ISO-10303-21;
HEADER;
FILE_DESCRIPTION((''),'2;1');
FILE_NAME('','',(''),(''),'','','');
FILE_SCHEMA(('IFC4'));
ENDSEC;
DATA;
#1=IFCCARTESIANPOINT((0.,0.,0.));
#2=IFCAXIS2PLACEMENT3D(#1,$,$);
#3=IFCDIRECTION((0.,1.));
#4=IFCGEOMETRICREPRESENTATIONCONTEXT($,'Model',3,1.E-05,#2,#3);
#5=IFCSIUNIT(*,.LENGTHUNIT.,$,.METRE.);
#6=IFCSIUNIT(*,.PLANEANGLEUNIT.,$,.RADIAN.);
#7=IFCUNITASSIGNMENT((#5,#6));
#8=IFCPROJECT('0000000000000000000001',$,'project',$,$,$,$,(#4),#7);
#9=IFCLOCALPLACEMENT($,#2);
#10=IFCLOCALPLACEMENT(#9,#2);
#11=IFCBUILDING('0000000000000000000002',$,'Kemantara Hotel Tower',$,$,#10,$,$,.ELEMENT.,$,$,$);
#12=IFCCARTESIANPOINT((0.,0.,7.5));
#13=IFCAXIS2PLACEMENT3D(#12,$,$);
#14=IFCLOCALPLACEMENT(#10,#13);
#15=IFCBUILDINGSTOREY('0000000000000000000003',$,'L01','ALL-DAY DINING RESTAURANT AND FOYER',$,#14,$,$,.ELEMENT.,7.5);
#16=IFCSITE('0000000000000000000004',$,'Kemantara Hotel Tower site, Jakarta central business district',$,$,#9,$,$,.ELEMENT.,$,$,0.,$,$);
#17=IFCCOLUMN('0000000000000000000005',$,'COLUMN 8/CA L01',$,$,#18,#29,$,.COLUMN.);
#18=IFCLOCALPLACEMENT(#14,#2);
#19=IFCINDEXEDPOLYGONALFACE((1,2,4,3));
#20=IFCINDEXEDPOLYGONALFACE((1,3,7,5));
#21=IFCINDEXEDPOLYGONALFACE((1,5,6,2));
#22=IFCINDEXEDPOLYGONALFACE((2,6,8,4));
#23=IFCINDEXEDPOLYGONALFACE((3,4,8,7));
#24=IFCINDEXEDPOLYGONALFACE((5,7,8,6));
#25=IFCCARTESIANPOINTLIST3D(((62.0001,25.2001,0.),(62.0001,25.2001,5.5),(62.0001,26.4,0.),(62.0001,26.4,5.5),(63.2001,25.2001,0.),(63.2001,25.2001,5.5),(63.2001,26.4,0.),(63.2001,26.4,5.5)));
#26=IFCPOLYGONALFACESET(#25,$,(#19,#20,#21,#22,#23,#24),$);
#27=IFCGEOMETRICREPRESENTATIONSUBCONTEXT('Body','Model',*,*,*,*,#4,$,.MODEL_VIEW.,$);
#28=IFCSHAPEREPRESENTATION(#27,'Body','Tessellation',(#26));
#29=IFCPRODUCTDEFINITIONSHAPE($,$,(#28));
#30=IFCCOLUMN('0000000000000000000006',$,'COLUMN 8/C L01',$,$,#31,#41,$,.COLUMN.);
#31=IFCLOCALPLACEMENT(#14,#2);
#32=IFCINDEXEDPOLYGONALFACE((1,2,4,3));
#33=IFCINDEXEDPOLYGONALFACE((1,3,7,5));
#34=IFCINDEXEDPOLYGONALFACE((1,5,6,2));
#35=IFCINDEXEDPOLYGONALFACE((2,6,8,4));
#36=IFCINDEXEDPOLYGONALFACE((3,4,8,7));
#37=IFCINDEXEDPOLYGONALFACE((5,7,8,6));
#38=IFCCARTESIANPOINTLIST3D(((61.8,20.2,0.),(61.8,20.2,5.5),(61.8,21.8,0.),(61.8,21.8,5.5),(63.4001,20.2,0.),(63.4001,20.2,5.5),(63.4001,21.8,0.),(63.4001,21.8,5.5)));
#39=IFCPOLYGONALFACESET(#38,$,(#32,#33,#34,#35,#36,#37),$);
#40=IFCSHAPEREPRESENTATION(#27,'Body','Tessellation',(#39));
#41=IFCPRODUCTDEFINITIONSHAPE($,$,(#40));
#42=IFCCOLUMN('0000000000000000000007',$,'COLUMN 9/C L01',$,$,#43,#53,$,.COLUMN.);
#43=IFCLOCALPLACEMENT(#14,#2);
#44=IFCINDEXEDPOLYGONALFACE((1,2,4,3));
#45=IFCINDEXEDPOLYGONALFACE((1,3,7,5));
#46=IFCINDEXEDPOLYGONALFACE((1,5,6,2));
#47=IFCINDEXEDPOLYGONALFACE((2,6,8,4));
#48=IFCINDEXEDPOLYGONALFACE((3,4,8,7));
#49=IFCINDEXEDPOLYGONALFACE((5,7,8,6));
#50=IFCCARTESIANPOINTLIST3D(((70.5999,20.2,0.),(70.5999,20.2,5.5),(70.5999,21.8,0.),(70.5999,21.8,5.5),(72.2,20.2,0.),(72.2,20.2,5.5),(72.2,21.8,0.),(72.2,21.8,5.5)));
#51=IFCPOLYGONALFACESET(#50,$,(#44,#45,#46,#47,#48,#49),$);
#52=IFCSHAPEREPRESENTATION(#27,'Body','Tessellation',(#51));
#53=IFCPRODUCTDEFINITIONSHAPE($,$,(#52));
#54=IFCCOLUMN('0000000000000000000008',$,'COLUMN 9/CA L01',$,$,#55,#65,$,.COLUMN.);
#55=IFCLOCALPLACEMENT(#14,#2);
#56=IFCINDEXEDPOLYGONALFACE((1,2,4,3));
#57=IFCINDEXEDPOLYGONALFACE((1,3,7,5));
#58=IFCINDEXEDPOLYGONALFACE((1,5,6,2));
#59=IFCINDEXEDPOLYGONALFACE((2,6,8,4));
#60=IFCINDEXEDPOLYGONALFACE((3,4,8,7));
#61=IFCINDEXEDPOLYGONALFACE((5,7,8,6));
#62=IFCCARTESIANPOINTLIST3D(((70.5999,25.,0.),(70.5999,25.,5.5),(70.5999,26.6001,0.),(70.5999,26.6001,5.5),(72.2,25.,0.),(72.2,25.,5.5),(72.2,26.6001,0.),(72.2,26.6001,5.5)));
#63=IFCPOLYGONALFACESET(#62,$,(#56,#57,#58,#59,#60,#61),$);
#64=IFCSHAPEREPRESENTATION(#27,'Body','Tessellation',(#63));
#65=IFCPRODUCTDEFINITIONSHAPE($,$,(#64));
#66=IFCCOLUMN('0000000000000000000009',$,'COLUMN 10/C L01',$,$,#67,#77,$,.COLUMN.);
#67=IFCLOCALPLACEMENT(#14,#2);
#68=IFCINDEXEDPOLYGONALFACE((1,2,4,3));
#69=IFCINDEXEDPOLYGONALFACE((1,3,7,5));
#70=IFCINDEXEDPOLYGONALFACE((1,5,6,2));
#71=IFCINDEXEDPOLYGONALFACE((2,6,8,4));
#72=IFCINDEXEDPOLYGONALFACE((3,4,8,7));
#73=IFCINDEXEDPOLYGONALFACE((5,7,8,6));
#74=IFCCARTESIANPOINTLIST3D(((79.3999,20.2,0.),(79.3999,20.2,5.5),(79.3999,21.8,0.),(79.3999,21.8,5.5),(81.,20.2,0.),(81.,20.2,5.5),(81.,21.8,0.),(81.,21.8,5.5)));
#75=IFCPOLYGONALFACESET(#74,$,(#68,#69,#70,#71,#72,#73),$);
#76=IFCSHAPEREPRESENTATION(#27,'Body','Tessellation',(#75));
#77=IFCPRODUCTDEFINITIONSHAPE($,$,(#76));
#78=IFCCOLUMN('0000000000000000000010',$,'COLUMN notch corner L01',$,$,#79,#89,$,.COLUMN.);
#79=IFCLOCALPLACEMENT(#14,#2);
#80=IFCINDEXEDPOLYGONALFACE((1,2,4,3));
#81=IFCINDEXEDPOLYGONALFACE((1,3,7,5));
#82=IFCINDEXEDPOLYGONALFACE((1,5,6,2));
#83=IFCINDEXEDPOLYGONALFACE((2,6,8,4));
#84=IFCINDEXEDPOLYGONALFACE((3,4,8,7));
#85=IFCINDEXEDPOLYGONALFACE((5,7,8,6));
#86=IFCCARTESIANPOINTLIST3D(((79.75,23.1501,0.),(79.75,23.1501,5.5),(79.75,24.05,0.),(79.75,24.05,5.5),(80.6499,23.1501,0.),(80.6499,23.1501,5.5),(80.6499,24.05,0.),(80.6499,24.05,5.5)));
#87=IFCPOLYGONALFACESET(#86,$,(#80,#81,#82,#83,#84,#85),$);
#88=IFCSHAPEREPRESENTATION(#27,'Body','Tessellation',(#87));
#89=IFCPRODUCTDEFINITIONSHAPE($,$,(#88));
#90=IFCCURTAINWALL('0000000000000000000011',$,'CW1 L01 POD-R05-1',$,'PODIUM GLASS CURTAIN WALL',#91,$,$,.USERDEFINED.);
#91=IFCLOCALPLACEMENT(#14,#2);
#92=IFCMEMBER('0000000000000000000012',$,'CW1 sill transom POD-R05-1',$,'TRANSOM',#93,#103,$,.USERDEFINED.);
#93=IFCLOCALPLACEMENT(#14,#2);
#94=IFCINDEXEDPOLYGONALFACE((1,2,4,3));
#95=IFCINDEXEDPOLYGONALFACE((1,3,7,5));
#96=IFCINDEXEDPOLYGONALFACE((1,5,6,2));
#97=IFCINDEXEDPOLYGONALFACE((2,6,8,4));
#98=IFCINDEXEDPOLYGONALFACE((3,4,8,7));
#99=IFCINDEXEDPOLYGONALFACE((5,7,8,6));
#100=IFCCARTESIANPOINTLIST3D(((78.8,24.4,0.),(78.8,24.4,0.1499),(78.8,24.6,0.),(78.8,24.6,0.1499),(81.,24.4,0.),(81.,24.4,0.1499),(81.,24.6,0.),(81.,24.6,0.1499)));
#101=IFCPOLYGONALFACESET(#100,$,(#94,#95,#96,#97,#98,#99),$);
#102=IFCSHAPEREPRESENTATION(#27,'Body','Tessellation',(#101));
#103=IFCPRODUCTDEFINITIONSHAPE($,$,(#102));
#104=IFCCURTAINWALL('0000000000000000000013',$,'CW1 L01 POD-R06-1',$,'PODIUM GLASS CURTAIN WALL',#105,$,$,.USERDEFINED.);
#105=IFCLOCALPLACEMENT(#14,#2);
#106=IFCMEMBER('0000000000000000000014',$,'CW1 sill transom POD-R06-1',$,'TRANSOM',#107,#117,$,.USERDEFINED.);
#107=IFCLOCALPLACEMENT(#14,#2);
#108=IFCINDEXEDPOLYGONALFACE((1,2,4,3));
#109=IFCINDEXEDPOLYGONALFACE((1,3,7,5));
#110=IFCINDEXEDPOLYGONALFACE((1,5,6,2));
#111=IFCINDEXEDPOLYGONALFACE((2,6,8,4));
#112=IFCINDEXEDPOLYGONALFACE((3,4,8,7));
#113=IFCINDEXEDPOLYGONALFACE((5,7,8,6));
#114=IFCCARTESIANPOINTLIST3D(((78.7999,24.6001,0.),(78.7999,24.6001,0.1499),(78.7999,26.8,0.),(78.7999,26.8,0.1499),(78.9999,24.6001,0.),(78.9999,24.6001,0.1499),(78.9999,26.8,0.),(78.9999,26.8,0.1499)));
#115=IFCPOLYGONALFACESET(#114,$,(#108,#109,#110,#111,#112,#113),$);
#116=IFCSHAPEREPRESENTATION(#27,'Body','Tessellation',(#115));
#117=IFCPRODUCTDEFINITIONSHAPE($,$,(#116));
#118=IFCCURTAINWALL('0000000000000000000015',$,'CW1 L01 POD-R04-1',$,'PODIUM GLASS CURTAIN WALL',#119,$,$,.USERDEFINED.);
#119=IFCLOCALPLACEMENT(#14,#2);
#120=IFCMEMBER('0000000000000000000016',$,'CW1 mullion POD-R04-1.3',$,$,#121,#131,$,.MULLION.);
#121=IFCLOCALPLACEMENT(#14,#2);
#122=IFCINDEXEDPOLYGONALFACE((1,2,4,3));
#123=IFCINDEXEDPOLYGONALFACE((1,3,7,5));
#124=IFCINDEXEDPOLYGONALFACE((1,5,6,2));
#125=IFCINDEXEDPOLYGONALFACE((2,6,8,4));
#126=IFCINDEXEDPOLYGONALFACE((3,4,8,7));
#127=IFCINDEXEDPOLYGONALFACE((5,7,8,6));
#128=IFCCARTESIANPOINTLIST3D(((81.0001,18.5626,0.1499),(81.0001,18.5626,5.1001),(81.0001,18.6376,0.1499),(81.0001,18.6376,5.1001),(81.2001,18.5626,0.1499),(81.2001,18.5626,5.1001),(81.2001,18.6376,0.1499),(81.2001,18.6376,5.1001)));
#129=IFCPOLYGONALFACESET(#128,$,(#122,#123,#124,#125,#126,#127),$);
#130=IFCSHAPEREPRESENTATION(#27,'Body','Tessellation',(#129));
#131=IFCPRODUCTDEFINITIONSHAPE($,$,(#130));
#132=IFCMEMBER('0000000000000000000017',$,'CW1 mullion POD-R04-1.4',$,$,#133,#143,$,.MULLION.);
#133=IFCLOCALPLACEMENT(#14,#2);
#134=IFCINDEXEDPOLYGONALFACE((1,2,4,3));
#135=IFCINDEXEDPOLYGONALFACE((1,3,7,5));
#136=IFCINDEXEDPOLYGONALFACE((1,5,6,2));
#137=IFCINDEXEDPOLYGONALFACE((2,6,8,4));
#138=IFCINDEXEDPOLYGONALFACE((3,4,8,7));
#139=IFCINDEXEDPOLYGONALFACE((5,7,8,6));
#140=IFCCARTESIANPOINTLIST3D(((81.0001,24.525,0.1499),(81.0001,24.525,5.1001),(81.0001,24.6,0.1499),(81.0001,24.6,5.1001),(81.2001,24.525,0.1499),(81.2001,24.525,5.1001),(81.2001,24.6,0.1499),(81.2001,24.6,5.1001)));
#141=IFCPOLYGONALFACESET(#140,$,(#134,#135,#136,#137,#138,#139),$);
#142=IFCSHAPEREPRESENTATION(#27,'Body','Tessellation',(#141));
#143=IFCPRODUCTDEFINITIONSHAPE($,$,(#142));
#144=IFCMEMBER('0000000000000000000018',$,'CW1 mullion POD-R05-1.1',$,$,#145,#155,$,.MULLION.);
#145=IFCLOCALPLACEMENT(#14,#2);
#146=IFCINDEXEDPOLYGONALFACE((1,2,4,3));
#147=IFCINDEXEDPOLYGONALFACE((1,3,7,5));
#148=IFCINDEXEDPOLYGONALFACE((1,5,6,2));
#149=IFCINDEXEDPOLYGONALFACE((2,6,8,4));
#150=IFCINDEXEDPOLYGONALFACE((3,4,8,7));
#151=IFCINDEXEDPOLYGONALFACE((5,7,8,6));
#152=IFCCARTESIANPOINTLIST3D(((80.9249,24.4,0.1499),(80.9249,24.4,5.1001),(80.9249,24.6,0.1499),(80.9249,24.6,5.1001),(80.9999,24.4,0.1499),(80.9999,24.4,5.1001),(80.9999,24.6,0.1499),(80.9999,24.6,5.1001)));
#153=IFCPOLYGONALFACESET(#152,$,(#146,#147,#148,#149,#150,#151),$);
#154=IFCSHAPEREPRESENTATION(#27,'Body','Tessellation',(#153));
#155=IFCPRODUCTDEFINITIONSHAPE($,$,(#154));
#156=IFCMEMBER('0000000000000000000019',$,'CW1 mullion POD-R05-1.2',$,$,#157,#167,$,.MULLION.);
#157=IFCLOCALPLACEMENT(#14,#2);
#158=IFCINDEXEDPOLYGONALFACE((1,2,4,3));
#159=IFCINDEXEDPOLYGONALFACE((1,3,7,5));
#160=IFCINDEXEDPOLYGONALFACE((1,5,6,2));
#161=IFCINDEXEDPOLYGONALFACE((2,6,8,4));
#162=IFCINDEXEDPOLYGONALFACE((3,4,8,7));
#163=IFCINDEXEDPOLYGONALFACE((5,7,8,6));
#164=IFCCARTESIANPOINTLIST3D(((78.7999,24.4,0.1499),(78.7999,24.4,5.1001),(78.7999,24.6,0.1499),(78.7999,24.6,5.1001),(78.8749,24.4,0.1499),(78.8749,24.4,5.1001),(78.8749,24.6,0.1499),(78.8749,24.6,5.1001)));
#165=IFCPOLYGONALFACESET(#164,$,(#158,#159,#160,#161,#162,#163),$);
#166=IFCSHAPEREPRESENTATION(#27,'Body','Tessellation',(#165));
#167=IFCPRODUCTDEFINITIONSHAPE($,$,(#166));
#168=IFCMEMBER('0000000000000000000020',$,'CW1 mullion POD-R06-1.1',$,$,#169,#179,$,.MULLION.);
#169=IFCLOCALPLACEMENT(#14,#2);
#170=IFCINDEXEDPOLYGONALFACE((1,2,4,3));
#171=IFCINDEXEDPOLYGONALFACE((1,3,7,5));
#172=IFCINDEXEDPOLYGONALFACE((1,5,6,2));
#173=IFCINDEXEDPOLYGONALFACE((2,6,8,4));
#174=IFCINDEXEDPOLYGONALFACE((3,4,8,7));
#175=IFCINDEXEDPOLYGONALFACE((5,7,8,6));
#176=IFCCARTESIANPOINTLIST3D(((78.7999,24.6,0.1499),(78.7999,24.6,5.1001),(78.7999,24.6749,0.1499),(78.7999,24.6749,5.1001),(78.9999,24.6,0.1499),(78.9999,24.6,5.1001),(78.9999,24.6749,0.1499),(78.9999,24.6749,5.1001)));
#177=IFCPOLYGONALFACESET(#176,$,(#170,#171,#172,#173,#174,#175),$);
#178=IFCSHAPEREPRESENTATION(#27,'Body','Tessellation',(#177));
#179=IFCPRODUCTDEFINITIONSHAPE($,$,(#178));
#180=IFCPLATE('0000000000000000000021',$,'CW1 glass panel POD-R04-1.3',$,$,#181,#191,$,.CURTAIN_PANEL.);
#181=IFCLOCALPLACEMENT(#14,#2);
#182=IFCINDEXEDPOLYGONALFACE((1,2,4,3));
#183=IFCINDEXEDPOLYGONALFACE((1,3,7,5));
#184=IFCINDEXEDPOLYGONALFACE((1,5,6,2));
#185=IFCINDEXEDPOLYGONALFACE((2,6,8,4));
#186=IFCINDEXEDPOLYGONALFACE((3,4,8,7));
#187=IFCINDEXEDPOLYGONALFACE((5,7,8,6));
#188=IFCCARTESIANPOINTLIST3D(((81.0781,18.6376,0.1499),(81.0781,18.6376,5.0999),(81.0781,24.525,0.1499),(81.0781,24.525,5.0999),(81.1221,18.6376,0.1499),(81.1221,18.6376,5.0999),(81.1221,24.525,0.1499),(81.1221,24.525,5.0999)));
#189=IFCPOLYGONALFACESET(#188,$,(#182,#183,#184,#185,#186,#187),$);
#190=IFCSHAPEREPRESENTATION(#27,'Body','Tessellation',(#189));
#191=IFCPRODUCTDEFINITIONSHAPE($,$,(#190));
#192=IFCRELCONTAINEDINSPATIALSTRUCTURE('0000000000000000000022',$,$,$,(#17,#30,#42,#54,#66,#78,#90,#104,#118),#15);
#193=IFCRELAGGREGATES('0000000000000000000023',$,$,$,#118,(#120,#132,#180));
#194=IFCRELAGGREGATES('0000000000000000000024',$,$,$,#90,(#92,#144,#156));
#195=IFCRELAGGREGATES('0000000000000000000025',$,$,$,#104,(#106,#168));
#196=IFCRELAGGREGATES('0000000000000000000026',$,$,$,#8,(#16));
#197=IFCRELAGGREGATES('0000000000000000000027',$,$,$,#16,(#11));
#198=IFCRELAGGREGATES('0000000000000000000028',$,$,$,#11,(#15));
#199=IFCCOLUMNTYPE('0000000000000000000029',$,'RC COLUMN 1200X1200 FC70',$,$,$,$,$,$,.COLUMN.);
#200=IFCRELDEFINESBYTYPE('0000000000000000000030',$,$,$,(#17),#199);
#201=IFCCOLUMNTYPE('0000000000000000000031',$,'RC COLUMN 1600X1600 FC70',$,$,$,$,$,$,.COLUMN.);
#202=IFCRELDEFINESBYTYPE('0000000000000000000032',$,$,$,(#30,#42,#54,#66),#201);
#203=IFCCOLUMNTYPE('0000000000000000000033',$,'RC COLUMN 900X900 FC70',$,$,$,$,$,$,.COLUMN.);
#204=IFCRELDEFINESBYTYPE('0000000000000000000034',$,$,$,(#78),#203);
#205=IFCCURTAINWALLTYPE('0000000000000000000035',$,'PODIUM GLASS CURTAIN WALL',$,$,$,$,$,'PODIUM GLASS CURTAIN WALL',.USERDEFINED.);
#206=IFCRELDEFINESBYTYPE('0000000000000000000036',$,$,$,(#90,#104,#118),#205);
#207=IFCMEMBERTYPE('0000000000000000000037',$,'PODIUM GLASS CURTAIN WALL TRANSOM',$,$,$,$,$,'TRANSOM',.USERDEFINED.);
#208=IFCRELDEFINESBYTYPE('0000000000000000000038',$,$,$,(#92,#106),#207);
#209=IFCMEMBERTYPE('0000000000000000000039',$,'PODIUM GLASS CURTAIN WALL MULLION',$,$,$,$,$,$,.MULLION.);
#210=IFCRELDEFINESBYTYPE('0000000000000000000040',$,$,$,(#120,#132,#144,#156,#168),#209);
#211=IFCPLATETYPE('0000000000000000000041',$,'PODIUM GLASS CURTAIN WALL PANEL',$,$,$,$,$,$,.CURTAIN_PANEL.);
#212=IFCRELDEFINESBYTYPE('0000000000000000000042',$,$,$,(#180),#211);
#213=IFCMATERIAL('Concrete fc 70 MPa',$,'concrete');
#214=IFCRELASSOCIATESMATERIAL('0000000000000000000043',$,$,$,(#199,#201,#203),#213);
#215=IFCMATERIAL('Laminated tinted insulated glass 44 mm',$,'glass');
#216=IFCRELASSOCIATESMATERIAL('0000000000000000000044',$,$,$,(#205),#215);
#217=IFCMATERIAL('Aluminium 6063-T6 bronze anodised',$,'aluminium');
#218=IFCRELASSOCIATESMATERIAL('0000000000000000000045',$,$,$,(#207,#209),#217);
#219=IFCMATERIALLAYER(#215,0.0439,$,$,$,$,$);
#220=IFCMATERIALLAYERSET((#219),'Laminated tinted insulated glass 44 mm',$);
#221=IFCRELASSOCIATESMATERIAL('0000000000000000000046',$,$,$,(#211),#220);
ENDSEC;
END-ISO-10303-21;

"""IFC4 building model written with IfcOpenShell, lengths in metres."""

from ifc_helpers import new_model, si_unit, direction, frame, origin, origin_2d, place, context, subcontext, project, spatial, rectangle, extrude, source, transform, mapped, material, layer, layer_set, material_profile, profile_set, type_object, element, aggregate, save


model = new_model("IFC4")

# Units and contexts
model_context = context("Model", 3, precision=1e-05, world=origin(), true_north=direction((0.0, 1.0)))
body_context = subcontext(model_context, "Body", "Model", "MODEL_VIEW")
ifc_project = project(units=[si_unit("LENGTHUNIT", "METRE"), si_unit("PLANEANGLEUNIT", "RADIAN")], contexts=[model_context])

# Site, building, storey
site_placement = place(None, origin())
site = spatial("IfcSite", under=ifc_project, at=site_placement, Name="Kemantara Hotel Tower site, Jakarta central business district", CompositionType="ELEMENT", RefElevation=0.0)
building_placement = place(site_placement, origin())
building = spatial("IfcBuilding", under=site, at=building_placement, Name="Kemantara Hotel Tower", CompositionType="ELEMENT")
storey_placement = place(building_placement, frame((0.0, 0.0, 7.5)))
storey = spatial("IfcBuildingStorey", under=building, at=storey_placement, Name="L01", Description="ALL-DAY DINING RESTAURANT AND FOYER", CompositionType="ELEMENT", Elevation=7.5)

# Columns
ifc_material_1 = material(Name="Concrete fc 70 MPa", Category="concrete")
ifc_material_profile_1 = material_profile(ifc_material_1, rectangle(XDim=1.2, YDim=1.2, at=origin_2d()), Name="RC 1200X1200")
ifc_profile_set_1 = profile_set([ifc_material_profile_1], Name="Concrete fc 70 MPa")
column_type_1 = type_object("IfcColumnType", Name="RC COLUMN 1200X1200 FC70", PredefinedType="COLUMN", material=ifc_profile_set_1)
column_1_placement = place(storey_placement, frame((62.6001, 25.8, 0.0), z_axis=(0.0, 0.0, 1.0), x_axis=(1.0, 0.0, 0.0)))
element("IfcColumn", 1, at=column_1_placement, inside=storey, type_object=column_type_1, Name="COLUMN 8/CA L01", PredefinedType="COLUMN", context=body_context, shape_type="SweptSolid", body=[
    extrude(rectangle(XDim=1.2, YDim=1.2, at=origin_2d()), origin(), (0.0, 0.0, 1.0), 5.5),
])
ifc_material_profile_2 = material_profile(ifc_material_1, rectangle(XDim=1.6001, YDim=1.6001, at=origin_2d()), Name="RC 1600X1600")
ifc_profile_set_2 = profile_set([ifc_material_profile_2], Name="Concrete fc 70 MPa")
column_type_2 = type_object("IfcColumnType", Name="RC COLUMN 1600X1600 FC70", PredefinedType="COLUMN", material=ifc_profile_set_2)
for number, where, z_axis, x_axis, name in (
    (2, (62.6001, 21.0, 0.0), (0.0, 0.0, 1.0), (1.0, 0.0, 0.0), "COLUMN 8/C L01"),
    (3, (71.3999, 21.0, 0.0), (0.0, 0.0, 1.0), (1.0, 0.0, 0.0), "COLUMN 9/C L01"),
    (4, (71.3999, 25.8, 0.0), (0.0, 0.0, 1.0), (1.0, 0.0, 0.0), "COLUMN 9/CA L01"),
    (5, (80.2, 21.0, 0.0), (0.0, 0.0, 1.0), (1.0, 0.0, 0.0), "COLUMN 10/C L01"),
):
    element("IfcColumn", number, at=place(storey_placement, frame(where, z_axis=z_axis, x_axis=x_axis)), inside=storey, type_object=column_type_2, Name=name, PredefinedType="COLUMN", context=body_context, shape_type="SweptSolid", body=[
        extrude(rectangle(XDim=1.6001, YDim=1.6001, at=origin_2d()), origin(), (0.0, 0.0, 1.0), 5.5),
    ])
ifc_material_profile_3 = material_profile(ifc_material_1, rectangle(XDim=0.8999, YDim=0.8999, at=origin_2d()), Name="RC 900X900")
ifc_profile_set_3 = profile_set([ifc_material_profile_3], Name="Concrete fc 70 MPa")
column_type_3 = type_object("IfcColumnType", Name="RC COLUMN 900X900 FC70", PredefinedType="COLUMN", material=ifc_profile_set_3)
column_2_placement = place(storey_placement, frame((80.2, 23.6001, 0.0), z_axis=(0.0, 0.0, 1.0), x_axis=(1.0, 0.0, 0.0)))
element("IfcColumn", 6, at=column_2_placement, inside=storey, type_object=column_type_3, Name="COLUMN notch corner L01", PredefinedType="COLUMN", context=body_context, shape_type="SweptSolid", body=[
    extrude(rectangle(XDim=0.8999, YDim=0.8999, at=origin_2d()), origin(), (0.0, 0.0, 1.0), 5.5),
])

# Curtain walls, members
ifc_material_2 = material(Name="Laminated tinted insulated glass 44 mm", Category="glass")
curtain_wall_type = type_object("IfcCurtainWallType", Name="PODIUM GLASS CURTAIN WALL", ElementType="PODIUM GLASS CURTAIN WALL", PredefinedType="USERDEFINED", material=ifc_material_2)
curtain_wall_1_placement = place(storey_placement, origin())
curtain_wall_1 = element("IfcCurtainWall", 7, at=curtain_wall_1_placement, inside=storey, type_object=curtain_wall_type, Name="CW1 L01 POD-R05-1", ObjectType="PODIUM GLASS CURTAIN WALL", PredefinedType="USERDEFINED")
ifc_material_3 = material(Name="Aluminium 6063-T6 bronze anodised", Category="aluminium")
ifc_material_profile_4 = material_profile(ifc_material_3, rectangle(XDim=0.2, YDim=0.1499, at=origin_2d()), Name="PODIUM GLASS CURTAIN WALL TRANSOM")
ifc_profile_set_4 = profile_set([ifc_material_profile_4], Name="Aluminium 6063-T6 bronze anodised")
member_type_1 = type_object("IfcMemberType", Name="PODIUM GLASS CURTAIN WALL TRANSOM", ElementType="TRANSOM", PredefinedType="USERDEFINED", material=ifc_profile_set_4)
member_1_placement = place(storey_placement, frame((81.0, 24.5, 0.075), z_axis=(-1.0, 0.0, 0.0), x_axis=(0.0, -1.0, 0.0)))
member_1 = element("IfcMember", 8, at=member_1_placement, type_object=member_type_1, Name="CW1 sill transom POD-R05-1", ObjectType="TRANSOM", PredefinedType="USERDEFINED", context=body_context, shape_type="SweptSolid", body=[
    extrude(rectangle(XDim=0.2, YDim=0.1499, at=origin_2d()), origin(), (0.0, 0.0, 1.0), 2.2),
])
curtain_wall_2_placement = place(storey_placement, origin())
curtain_wall_2 = element("IfcCurtainWall", 9, at=curtain_wall_2_placement, inside=storey, type_object=curtain_wall_type, Name="CW1 L01 POD-R06-1", ObjectType="PODIUM GLASS CURTAIN WALL", PredefinedType="USERDEFINED")
member_2_placement = place(storey_placement, frame((78.8999, 24.6001, 0.075), z_axis=(0.0, 1.0, 0.0), x_axis=(-1.0, 0.0, 0.0)))
member_2 = element("IfcMember", 10, at=member_2_placement, type_object=member_type_1, Name="CW1 sill transom POD-R06-1", ObjectType="TRANSOM", PredefinedType="USERDEFINED", context=body_context, shape_type="SweptSolid", body=[
    extrude(rectangle(XDim=0.2, YDim=0.1499, at=origin_2d()), origin(), (0.0, 0.0, 1.0), 2.2),
])

# Curtain wall, members
curtain_wall_3_placement = place(storey_placement, origin())
curtain_wall_3 = element("IfcCurtainWall", 11, at=curtain_wall_3_placement, inside=storey, type_object=curtain_wall_type, Name="CW1 L01 POD-R04-1", ObjectType="PODIUM GLASS CURTAIN WALL", PredefinedType="USERDEFINED")
ifc_material_profile_5 = material_profile(ifc_material_3, rectangle(XDim=0.2, YDim=0.075, at=origin_2d()), Name="PODIUM GLASS CURTAIN WALL MULLION")
ifc_profile_set_5 = profile_set([ifc_material_profile_5], Name="Aluminium 6063-T6 bronze anodised")
member_type_2 = type_object("IfcMemberType", Name="PODIUM GLASS CURTAIN WALL MULLION", PredefinedType="MULLION", material=ifc_profile_set_5)
shared_shape_1 = source(origin(), body_context, "Body", "SweptSolid", [
    extrude(rectangle(XDim=0.2, YDim=0.075, at=origin_2d()), origin(), (0.0, 0.0, 1.0), 4.9502),
])
member_3_placement = place(storey_placement, frame((81.1001, 18.6001, 0.1499), z_axis=(0.0, 0.0, 1.0), x_axis=(-1.0, 0.0, 0.0)))
member_3 = element("IfcMember", 12, at=member_3_placement, type_object=member_type_2, Name="CW1 mullion POD-R04-1.3", PredefinedType="MULLION", context=body_context, shape_type="MappedRepresentation", body=[
    mapped(shared_shape_1, transform((0.0, 0.0, 0.0))),
])
member_4_placement = place(storey_placement, frame((81.1001, 24.5625, 0.1499), z_axis=(0.0, 0.0, 1.0), x_axis=(-1.0, 0.0, 0.0)))
member_4 = element("IfcMember", 13, at=member_4_placement, type_object=member_type_2, Name="CW1 mullion POD-R04-1.4", PredefinedType="MULLION", context=body_context, shape_type="MappedRepresentation", body=[
    mapped(shared_shape_1, transform((0.0, 0.0, 0.0))),
])

# Members
member_5_placement = place(storey_placement, frame((80.9624, 24.5, 0.1499), z_axis=(0.0, 0.0, 1.0), x_axis=(0.0, -1.0, 0.0)))
member_5 = element("IfcMember", 14, at=member_5_placement, type_object=member_type_2, Name="CW1 mullion POD-R05-1.1", PredefinedType="MULLION", context=body_context, shape_type="MappedRepresentation", body=[
    mapped(shared_shape_1, transform((0.0, 0.0, 0.0))),
])
member_6_placement = place(storey_placement, frame((78.8374, 24.5, 0.1499), z_axis=(0.0, 0.0, 1.0), x_axis=(0.0, -1.0, 0.0)))
member_6 = element("IfcMember", 15, at=member_6_placement, type_object=member_type_2, Name="CW1 mullion POD-R05-1.2", PredefinedType="MULLION", context=body_context, shape_type="MappedRepresentation", body=[
    mapped(shared_shape_1, transform((0.0, 0.0, 0.0))),
])
member_7_placement = place(storey_placement, frame((78.8999, 24.6375, 0.1499), z_axis=(0.0, 0.0, 1.0), x_axis=(-1.0, 0.0, 0.0)))
member_7 = element("IfcMember", 16, at=member_7_placement, type_object=member_type_2, Name="CW1 mullion POD-R06-1.1", PredefinedType="MULLION", context=body_context, shape_type="MappedRepresentation", body=[
    mapped(shared_shape_1, transform((0.0, 0.0, 0.0))),
])

# Plate
ifc_layer_1 = layer(ifc_material_2, 0.0439)
ifc_layer_set_1 = layer_set([ifc_layer_1], Name="Laminated tinted insulated glass 44 mm")
plate_type = type_object("IfcPlateType", Name="PODIUM GLASS CURTAIN WALL PANEL", PredefinedType="CURTAIN_PANEL", material=ifc_layer_set_1)
shared_shape_2 = source(origin(), body_context, "Body", "SweptSolid", [
    extrude(rectangle(XDim=5.8875, YDim=0.0439, at=origin_2d()), origin(), (0.0, 0.0, 1.0), 4.95),
])
plate_1_placement = place(storey_placement, frame((81.1001, 21.5813, 0.1499), z_axis=(0.0, 0.0, 1.0), x_axis=(0.0, 1.0, 0.0)))
plate_1 = element("IfcPlate", 17, at=plate_1_placement, type_object=plate_type, Name="CW1 glass panel POD-R04-1.3", PredefinedType="CURTAIN_PANEL", context=body_context, shape_type="MappedRepresentation", body=[
    mapped(shared_shape_2, transform((0.0, 0.0, 0.0))),
])
aggregate(curtain_wall_3, [member_3, member_4, plate_1])
aggregate(curtain_wall_1, [member_1, member_5, member_6])
aggregate(curtain_wall_2, [member_2, member_7])

save(model, "model.ifc")
